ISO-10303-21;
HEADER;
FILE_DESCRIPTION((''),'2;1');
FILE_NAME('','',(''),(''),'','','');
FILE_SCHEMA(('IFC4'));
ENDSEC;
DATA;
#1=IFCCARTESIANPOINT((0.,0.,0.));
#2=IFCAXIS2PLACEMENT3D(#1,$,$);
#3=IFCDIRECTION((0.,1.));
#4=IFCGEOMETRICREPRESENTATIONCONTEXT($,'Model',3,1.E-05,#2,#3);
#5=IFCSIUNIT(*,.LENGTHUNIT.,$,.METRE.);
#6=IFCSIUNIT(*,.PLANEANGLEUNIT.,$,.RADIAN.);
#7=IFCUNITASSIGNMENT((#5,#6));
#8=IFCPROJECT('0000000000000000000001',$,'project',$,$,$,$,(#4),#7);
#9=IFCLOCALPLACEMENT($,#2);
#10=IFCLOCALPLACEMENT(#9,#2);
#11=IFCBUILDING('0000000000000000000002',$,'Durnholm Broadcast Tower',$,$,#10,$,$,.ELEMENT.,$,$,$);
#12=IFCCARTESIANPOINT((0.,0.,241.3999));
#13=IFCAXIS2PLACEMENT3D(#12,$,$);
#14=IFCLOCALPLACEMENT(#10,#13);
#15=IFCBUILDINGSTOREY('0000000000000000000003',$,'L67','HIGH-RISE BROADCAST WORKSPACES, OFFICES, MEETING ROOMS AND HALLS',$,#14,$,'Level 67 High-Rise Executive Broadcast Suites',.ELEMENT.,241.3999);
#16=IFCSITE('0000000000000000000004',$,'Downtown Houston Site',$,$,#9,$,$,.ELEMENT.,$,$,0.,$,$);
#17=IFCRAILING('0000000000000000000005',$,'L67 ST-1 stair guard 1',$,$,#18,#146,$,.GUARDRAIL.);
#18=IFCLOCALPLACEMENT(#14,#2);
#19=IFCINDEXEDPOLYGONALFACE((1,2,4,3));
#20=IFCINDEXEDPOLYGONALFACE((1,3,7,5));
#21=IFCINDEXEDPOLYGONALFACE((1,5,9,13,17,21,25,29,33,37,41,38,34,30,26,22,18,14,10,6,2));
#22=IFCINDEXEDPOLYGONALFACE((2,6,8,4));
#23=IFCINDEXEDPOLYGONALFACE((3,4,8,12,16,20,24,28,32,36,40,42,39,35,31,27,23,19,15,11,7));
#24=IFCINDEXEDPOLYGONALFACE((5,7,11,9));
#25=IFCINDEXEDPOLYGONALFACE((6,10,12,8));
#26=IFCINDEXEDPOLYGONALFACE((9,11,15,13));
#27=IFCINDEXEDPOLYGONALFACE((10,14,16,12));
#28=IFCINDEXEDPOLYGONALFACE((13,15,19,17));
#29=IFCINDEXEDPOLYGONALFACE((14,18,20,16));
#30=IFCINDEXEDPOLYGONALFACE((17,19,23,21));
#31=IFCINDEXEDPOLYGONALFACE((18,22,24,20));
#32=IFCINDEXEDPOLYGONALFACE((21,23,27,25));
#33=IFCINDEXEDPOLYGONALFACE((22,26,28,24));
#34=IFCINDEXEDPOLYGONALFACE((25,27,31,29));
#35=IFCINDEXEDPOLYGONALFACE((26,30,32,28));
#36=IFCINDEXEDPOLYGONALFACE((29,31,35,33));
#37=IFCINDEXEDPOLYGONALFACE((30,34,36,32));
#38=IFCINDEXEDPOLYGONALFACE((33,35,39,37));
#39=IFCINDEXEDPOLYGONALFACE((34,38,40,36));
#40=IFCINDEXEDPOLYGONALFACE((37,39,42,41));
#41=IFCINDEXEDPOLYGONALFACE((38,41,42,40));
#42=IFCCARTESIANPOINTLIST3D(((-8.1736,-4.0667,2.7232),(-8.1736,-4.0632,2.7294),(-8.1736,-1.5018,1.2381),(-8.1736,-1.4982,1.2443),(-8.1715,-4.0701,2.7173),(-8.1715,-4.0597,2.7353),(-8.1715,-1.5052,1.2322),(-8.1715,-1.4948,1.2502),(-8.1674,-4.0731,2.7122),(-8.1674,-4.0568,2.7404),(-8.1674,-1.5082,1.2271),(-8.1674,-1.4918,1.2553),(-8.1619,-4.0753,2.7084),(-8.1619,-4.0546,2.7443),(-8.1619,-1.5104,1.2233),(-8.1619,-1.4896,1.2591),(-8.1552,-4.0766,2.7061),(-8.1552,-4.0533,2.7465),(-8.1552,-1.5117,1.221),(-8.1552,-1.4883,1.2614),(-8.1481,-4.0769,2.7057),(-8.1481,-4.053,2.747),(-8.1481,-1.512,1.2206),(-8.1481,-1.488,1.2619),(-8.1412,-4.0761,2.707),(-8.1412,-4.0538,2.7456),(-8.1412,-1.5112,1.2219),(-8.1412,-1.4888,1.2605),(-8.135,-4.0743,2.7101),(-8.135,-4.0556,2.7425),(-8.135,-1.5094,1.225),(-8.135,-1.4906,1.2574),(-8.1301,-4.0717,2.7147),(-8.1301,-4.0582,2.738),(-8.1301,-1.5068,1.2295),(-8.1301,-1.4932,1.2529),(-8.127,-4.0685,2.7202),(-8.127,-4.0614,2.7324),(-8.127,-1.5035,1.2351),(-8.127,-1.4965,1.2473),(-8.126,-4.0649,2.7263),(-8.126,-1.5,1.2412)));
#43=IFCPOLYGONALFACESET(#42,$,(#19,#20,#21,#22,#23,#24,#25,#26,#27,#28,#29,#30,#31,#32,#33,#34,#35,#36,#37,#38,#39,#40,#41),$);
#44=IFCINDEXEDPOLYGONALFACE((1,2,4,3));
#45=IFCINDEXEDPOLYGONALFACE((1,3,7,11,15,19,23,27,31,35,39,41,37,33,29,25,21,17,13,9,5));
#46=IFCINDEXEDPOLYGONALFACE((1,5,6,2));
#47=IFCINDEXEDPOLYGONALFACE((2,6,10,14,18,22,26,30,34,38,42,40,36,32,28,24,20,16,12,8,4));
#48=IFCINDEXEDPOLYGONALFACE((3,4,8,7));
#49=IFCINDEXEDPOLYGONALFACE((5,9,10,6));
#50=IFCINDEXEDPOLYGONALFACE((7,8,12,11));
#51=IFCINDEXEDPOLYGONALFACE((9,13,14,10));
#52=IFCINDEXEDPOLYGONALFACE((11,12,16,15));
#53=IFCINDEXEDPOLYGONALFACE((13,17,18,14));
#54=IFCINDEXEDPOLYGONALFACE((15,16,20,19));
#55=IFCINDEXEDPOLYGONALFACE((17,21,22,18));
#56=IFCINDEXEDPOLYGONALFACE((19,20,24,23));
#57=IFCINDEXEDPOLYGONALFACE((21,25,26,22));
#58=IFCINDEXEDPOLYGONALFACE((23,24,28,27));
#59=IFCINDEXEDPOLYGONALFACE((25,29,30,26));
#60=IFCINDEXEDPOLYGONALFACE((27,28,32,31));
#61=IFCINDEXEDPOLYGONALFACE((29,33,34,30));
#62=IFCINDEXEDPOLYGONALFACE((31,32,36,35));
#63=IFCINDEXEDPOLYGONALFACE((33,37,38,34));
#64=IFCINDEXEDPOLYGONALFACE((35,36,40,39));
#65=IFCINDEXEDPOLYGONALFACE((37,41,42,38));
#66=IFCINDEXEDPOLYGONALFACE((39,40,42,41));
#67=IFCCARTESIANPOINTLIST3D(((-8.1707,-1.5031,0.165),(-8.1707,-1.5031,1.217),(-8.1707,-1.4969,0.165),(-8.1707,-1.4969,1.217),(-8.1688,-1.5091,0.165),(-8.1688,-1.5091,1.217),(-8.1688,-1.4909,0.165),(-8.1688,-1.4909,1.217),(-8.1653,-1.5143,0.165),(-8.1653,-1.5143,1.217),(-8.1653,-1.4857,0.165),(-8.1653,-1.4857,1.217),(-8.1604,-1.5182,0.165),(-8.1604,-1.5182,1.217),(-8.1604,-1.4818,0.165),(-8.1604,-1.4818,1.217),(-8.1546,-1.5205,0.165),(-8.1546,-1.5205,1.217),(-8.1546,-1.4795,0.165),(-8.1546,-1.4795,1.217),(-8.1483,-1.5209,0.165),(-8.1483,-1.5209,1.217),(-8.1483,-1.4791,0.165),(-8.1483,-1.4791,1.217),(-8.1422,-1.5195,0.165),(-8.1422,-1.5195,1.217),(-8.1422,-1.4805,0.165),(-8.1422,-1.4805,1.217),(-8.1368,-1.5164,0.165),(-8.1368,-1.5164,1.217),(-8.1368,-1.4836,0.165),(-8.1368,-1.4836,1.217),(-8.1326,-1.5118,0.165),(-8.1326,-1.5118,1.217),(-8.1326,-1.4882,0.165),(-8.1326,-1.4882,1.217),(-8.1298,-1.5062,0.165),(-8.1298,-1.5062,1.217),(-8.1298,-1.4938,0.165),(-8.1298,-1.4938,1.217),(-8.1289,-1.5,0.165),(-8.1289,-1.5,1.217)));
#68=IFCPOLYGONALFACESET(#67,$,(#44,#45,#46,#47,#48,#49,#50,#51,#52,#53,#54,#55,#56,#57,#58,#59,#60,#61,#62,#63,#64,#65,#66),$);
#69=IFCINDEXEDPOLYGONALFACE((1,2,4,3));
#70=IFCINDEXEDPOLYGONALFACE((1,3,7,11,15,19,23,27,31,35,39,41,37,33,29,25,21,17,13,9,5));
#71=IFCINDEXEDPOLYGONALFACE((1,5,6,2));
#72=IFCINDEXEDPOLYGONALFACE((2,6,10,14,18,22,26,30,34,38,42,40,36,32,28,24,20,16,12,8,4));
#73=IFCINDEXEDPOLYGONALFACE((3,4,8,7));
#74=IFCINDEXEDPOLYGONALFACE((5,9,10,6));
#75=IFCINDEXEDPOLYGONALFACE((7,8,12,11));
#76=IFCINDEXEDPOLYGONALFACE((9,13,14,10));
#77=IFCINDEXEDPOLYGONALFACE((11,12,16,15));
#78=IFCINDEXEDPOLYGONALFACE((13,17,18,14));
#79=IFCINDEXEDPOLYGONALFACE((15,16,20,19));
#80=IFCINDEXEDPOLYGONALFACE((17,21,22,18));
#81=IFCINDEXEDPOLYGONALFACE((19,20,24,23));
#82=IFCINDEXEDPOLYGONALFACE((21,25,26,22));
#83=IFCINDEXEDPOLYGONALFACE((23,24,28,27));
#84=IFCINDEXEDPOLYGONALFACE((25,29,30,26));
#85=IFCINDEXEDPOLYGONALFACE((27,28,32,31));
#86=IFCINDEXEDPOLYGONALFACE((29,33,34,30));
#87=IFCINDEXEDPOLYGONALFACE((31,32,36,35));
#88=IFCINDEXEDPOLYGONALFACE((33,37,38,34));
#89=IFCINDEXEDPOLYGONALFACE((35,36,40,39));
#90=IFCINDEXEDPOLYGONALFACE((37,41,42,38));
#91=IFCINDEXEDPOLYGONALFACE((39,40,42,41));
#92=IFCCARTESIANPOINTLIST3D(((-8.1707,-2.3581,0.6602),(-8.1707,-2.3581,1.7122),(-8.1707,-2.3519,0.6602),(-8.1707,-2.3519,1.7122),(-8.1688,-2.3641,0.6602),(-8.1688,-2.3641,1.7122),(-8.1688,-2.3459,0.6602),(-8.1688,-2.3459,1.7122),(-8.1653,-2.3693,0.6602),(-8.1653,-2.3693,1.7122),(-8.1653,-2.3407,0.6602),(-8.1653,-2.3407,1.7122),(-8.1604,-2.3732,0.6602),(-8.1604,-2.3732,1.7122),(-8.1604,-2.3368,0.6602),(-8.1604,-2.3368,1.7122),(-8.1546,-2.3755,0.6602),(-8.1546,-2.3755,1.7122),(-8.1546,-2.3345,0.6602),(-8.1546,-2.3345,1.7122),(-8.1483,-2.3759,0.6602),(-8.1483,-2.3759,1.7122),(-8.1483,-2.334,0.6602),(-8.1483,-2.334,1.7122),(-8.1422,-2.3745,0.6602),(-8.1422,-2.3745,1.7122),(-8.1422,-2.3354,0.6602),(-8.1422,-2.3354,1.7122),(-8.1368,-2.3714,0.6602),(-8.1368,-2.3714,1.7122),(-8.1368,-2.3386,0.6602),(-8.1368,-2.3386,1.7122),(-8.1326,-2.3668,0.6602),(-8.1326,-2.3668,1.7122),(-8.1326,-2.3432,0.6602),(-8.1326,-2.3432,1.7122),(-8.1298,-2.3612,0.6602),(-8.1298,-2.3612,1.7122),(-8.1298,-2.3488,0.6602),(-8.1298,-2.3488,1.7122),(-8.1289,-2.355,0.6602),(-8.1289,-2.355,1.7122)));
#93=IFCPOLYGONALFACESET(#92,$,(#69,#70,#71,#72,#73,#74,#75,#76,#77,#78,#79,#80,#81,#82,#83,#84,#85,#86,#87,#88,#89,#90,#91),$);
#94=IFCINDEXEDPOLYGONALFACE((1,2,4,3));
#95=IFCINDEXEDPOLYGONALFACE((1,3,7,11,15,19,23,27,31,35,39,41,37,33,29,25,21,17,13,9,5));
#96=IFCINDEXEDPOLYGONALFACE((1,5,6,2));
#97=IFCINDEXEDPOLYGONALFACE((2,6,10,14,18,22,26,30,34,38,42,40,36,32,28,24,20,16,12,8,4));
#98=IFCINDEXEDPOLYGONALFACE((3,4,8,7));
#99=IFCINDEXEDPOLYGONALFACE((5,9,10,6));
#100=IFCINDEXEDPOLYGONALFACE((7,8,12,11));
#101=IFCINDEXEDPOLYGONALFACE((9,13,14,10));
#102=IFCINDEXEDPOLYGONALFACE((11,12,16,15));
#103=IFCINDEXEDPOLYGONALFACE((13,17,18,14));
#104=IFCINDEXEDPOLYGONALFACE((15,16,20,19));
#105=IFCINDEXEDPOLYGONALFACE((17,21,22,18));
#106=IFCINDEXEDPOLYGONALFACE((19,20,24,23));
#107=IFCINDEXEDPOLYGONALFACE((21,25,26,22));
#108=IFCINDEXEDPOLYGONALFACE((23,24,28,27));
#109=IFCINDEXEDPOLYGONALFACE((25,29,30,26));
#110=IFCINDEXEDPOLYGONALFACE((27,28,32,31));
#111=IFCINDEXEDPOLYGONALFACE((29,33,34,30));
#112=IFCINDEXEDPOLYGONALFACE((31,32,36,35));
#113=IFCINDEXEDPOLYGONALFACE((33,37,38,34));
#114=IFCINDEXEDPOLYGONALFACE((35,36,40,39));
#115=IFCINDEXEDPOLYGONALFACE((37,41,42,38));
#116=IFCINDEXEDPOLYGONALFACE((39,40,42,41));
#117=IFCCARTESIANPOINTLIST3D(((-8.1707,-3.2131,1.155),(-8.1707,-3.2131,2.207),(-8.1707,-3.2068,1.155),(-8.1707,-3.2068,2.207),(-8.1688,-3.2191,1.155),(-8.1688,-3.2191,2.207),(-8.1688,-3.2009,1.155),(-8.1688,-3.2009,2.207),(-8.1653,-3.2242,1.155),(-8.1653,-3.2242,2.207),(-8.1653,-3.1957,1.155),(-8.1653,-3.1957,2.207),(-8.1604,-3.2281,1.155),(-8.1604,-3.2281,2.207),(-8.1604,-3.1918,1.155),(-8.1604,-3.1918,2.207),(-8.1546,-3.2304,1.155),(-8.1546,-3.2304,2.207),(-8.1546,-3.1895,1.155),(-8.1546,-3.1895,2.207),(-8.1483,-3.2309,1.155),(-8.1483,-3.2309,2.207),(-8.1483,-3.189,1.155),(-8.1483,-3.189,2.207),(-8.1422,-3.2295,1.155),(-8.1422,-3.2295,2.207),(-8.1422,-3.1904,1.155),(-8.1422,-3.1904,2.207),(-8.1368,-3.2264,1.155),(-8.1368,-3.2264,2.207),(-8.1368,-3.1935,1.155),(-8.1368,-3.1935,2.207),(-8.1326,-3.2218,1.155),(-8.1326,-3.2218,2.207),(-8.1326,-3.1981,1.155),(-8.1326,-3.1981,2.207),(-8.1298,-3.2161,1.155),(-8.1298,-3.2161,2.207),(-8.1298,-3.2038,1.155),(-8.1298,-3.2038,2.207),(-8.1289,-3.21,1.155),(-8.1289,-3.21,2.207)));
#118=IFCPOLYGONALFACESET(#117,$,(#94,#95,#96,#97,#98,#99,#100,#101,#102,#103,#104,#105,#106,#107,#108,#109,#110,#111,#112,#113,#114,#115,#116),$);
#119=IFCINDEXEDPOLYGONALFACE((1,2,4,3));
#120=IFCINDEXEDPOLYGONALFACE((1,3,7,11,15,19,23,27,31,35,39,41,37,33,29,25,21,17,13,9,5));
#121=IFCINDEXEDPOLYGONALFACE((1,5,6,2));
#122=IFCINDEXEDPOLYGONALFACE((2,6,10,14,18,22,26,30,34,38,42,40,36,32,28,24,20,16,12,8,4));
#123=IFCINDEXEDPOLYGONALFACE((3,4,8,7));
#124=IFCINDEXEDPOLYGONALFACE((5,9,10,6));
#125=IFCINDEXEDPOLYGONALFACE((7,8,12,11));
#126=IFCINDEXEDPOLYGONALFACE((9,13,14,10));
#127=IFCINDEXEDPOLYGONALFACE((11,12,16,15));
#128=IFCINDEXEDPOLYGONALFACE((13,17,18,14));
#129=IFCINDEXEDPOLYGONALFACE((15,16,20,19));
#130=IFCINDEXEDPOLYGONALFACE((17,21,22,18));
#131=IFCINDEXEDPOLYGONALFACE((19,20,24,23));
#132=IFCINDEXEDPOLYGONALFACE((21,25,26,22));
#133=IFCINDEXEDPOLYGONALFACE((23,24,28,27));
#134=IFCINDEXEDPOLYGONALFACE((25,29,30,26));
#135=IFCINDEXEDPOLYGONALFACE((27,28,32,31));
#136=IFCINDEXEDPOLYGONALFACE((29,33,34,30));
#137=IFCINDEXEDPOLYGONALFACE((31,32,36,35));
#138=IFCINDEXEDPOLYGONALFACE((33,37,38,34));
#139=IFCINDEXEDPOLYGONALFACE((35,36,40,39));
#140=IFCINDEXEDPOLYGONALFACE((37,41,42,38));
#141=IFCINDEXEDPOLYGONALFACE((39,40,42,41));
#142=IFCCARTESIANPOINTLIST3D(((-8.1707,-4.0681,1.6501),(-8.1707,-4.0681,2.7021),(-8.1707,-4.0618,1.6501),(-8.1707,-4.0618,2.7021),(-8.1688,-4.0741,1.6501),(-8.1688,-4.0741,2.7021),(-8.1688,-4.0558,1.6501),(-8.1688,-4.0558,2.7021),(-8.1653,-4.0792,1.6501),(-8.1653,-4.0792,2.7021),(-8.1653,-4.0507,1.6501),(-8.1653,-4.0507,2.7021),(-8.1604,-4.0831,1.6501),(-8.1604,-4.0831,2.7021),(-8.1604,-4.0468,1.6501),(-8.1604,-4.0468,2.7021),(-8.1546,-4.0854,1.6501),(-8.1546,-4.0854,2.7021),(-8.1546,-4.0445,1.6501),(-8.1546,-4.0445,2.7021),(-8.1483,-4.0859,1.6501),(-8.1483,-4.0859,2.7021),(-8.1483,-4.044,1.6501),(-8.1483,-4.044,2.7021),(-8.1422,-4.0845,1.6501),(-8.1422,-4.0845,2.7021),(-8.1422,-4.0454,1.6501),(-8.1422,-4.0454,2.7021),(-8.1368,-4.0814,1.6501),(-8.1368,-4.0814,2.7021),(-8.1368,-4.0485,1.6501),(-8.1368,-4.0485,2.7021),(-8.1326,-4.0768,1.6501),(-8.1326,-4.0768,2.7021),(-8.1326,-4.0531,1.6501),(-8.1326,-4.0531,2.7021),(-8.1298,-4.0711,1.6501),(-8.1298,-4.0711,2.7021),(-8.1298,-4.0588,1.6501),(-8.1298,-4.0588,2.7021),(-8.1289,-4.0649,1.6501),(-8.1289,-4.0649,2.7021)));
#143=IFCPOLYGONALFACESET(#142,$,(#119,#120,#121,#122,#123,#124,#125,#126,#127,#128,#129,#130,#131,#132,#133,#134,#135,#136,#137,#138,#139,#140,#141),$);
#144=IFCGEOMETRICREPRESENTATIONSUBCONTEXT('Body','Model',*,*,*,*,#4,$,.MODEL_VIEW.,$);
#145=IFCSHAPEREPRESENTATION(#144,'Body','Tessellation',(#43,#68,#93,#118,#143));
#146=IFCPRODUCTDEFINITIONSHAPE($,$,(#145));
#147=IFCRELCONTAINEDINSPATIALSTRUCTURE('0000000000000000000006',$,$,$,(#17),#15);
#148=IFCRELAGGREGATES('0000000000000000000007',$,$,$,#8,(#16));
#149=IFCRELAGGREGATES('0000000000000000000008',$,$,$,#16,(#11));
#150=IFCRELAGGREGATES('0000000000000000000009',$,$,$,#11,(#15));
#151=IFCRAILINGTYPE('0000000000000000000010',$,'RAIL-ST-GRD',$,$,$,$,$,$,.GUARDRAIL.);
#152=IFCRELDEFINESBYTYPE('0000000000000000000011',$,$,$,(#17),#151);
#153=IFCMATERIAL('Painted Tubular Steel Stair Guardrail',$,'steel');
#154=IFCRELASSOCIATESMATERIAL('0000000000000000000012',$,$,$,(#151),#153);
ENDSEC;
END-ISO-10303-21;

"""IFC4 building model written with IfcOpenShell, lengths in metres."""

from ifc_helpers import new_model, si_unit, direction, frame, origin, origin_2d, place, context, subcontext, project, spatial, circle, extrude, material, type_object, element, save


model = new_model("IFC4")

# Units and contexts
model_context = context("Model", 3, precision=1e-05, world=origin(), true_north=direction((0.0, 1.0)))
body_context = subcontext(model_context, "Body", "Model", "MODEL_VIEW")
ifc_project = project(units=[si_unit("LENGTHUNIT", "METRE"), si_unit("PLANEANGLEUNIT", "RADIAN")], contexts=[model_context])

# Site, building, storey
site_placement = place(None, origin())
site = spatial("IfcSite", under=ifc_project, at=site_placement, Name="Downtown Houston Site", CompositionType="ELEMENT", RefElevation=0.0)
building_placement = place(site_placement, origin())
building = spatial("IfcBuilding", under=site, at=building_placement, Name="Durnholm Broadcast Tower", CompositionType="ELEMENT")
storey_placement = place(building_placement, frame((0.0, 0.0, 241.3999)))
storey = spatial("IfcBuildingStorey", under=building, at=storey_placement, Name="L67", Description="HIGH-RISE BROADCAST WORKSPACES, OFFICES, MEETING ROOMS AND HALLS", LongName="Level 67 High-Rise Executive Broadcast Suites", CompositionType="ELEMENT", Elevation=241.3999)

# Railing
ifc_material_1 = material(Name="Painted Tubular Steel Stair Guardrail", Category="steel")
railing_type_1 = type_object("IfcRailingType", Name="RAIL-ST-GRD", PredefinedType="GUARDRAIL", material=ifc_material_1)
railing_1_placement = place(storey_placement, frame((-8.1499, -1.5, 0.165)))
element("IfcRailing", 1, at=railing_1_placement, inside=storey, type_object=railing_type_1, Name="L67 ST-1 stair guard 1", PredefinedType="GUARDRAIL", context=body_context, shape_type="SweptSolid", body=[
    extrude(circle(Radius=0.0239, at=origin_2d()), frame((0.0, 0.0, 1.0762), z_axis=(0.0, -0.865406, 0.501072), x_axis=(1.0, 0.0, 0.0)), (0.0, 0.0, 1.0), 2.9639),
    extrude(circle(Radius=0.021, at=origin_2d()), origin(), (0.0, 0.0, 1.0), 1.052),
    extrude(circle(Radius=0.021, at=origin_2d()), frame((0.0, -0.855, 0.4951)), (0.0, 0.0, 1.0), 1.052),
    extrude(circle(Radius=0.021, at=origin_2d()), frame((0.0, -1.71, 0.99)), (0.0, 0.0, 1.0), 1.052),
    extrude(circle(Radius=0.021, at=origin_2d()), frame((0.0, -2.5649, 1.4851)), (0.0, 0.0, 1.0), 1.052),
])

save(model, "model.ifc")
